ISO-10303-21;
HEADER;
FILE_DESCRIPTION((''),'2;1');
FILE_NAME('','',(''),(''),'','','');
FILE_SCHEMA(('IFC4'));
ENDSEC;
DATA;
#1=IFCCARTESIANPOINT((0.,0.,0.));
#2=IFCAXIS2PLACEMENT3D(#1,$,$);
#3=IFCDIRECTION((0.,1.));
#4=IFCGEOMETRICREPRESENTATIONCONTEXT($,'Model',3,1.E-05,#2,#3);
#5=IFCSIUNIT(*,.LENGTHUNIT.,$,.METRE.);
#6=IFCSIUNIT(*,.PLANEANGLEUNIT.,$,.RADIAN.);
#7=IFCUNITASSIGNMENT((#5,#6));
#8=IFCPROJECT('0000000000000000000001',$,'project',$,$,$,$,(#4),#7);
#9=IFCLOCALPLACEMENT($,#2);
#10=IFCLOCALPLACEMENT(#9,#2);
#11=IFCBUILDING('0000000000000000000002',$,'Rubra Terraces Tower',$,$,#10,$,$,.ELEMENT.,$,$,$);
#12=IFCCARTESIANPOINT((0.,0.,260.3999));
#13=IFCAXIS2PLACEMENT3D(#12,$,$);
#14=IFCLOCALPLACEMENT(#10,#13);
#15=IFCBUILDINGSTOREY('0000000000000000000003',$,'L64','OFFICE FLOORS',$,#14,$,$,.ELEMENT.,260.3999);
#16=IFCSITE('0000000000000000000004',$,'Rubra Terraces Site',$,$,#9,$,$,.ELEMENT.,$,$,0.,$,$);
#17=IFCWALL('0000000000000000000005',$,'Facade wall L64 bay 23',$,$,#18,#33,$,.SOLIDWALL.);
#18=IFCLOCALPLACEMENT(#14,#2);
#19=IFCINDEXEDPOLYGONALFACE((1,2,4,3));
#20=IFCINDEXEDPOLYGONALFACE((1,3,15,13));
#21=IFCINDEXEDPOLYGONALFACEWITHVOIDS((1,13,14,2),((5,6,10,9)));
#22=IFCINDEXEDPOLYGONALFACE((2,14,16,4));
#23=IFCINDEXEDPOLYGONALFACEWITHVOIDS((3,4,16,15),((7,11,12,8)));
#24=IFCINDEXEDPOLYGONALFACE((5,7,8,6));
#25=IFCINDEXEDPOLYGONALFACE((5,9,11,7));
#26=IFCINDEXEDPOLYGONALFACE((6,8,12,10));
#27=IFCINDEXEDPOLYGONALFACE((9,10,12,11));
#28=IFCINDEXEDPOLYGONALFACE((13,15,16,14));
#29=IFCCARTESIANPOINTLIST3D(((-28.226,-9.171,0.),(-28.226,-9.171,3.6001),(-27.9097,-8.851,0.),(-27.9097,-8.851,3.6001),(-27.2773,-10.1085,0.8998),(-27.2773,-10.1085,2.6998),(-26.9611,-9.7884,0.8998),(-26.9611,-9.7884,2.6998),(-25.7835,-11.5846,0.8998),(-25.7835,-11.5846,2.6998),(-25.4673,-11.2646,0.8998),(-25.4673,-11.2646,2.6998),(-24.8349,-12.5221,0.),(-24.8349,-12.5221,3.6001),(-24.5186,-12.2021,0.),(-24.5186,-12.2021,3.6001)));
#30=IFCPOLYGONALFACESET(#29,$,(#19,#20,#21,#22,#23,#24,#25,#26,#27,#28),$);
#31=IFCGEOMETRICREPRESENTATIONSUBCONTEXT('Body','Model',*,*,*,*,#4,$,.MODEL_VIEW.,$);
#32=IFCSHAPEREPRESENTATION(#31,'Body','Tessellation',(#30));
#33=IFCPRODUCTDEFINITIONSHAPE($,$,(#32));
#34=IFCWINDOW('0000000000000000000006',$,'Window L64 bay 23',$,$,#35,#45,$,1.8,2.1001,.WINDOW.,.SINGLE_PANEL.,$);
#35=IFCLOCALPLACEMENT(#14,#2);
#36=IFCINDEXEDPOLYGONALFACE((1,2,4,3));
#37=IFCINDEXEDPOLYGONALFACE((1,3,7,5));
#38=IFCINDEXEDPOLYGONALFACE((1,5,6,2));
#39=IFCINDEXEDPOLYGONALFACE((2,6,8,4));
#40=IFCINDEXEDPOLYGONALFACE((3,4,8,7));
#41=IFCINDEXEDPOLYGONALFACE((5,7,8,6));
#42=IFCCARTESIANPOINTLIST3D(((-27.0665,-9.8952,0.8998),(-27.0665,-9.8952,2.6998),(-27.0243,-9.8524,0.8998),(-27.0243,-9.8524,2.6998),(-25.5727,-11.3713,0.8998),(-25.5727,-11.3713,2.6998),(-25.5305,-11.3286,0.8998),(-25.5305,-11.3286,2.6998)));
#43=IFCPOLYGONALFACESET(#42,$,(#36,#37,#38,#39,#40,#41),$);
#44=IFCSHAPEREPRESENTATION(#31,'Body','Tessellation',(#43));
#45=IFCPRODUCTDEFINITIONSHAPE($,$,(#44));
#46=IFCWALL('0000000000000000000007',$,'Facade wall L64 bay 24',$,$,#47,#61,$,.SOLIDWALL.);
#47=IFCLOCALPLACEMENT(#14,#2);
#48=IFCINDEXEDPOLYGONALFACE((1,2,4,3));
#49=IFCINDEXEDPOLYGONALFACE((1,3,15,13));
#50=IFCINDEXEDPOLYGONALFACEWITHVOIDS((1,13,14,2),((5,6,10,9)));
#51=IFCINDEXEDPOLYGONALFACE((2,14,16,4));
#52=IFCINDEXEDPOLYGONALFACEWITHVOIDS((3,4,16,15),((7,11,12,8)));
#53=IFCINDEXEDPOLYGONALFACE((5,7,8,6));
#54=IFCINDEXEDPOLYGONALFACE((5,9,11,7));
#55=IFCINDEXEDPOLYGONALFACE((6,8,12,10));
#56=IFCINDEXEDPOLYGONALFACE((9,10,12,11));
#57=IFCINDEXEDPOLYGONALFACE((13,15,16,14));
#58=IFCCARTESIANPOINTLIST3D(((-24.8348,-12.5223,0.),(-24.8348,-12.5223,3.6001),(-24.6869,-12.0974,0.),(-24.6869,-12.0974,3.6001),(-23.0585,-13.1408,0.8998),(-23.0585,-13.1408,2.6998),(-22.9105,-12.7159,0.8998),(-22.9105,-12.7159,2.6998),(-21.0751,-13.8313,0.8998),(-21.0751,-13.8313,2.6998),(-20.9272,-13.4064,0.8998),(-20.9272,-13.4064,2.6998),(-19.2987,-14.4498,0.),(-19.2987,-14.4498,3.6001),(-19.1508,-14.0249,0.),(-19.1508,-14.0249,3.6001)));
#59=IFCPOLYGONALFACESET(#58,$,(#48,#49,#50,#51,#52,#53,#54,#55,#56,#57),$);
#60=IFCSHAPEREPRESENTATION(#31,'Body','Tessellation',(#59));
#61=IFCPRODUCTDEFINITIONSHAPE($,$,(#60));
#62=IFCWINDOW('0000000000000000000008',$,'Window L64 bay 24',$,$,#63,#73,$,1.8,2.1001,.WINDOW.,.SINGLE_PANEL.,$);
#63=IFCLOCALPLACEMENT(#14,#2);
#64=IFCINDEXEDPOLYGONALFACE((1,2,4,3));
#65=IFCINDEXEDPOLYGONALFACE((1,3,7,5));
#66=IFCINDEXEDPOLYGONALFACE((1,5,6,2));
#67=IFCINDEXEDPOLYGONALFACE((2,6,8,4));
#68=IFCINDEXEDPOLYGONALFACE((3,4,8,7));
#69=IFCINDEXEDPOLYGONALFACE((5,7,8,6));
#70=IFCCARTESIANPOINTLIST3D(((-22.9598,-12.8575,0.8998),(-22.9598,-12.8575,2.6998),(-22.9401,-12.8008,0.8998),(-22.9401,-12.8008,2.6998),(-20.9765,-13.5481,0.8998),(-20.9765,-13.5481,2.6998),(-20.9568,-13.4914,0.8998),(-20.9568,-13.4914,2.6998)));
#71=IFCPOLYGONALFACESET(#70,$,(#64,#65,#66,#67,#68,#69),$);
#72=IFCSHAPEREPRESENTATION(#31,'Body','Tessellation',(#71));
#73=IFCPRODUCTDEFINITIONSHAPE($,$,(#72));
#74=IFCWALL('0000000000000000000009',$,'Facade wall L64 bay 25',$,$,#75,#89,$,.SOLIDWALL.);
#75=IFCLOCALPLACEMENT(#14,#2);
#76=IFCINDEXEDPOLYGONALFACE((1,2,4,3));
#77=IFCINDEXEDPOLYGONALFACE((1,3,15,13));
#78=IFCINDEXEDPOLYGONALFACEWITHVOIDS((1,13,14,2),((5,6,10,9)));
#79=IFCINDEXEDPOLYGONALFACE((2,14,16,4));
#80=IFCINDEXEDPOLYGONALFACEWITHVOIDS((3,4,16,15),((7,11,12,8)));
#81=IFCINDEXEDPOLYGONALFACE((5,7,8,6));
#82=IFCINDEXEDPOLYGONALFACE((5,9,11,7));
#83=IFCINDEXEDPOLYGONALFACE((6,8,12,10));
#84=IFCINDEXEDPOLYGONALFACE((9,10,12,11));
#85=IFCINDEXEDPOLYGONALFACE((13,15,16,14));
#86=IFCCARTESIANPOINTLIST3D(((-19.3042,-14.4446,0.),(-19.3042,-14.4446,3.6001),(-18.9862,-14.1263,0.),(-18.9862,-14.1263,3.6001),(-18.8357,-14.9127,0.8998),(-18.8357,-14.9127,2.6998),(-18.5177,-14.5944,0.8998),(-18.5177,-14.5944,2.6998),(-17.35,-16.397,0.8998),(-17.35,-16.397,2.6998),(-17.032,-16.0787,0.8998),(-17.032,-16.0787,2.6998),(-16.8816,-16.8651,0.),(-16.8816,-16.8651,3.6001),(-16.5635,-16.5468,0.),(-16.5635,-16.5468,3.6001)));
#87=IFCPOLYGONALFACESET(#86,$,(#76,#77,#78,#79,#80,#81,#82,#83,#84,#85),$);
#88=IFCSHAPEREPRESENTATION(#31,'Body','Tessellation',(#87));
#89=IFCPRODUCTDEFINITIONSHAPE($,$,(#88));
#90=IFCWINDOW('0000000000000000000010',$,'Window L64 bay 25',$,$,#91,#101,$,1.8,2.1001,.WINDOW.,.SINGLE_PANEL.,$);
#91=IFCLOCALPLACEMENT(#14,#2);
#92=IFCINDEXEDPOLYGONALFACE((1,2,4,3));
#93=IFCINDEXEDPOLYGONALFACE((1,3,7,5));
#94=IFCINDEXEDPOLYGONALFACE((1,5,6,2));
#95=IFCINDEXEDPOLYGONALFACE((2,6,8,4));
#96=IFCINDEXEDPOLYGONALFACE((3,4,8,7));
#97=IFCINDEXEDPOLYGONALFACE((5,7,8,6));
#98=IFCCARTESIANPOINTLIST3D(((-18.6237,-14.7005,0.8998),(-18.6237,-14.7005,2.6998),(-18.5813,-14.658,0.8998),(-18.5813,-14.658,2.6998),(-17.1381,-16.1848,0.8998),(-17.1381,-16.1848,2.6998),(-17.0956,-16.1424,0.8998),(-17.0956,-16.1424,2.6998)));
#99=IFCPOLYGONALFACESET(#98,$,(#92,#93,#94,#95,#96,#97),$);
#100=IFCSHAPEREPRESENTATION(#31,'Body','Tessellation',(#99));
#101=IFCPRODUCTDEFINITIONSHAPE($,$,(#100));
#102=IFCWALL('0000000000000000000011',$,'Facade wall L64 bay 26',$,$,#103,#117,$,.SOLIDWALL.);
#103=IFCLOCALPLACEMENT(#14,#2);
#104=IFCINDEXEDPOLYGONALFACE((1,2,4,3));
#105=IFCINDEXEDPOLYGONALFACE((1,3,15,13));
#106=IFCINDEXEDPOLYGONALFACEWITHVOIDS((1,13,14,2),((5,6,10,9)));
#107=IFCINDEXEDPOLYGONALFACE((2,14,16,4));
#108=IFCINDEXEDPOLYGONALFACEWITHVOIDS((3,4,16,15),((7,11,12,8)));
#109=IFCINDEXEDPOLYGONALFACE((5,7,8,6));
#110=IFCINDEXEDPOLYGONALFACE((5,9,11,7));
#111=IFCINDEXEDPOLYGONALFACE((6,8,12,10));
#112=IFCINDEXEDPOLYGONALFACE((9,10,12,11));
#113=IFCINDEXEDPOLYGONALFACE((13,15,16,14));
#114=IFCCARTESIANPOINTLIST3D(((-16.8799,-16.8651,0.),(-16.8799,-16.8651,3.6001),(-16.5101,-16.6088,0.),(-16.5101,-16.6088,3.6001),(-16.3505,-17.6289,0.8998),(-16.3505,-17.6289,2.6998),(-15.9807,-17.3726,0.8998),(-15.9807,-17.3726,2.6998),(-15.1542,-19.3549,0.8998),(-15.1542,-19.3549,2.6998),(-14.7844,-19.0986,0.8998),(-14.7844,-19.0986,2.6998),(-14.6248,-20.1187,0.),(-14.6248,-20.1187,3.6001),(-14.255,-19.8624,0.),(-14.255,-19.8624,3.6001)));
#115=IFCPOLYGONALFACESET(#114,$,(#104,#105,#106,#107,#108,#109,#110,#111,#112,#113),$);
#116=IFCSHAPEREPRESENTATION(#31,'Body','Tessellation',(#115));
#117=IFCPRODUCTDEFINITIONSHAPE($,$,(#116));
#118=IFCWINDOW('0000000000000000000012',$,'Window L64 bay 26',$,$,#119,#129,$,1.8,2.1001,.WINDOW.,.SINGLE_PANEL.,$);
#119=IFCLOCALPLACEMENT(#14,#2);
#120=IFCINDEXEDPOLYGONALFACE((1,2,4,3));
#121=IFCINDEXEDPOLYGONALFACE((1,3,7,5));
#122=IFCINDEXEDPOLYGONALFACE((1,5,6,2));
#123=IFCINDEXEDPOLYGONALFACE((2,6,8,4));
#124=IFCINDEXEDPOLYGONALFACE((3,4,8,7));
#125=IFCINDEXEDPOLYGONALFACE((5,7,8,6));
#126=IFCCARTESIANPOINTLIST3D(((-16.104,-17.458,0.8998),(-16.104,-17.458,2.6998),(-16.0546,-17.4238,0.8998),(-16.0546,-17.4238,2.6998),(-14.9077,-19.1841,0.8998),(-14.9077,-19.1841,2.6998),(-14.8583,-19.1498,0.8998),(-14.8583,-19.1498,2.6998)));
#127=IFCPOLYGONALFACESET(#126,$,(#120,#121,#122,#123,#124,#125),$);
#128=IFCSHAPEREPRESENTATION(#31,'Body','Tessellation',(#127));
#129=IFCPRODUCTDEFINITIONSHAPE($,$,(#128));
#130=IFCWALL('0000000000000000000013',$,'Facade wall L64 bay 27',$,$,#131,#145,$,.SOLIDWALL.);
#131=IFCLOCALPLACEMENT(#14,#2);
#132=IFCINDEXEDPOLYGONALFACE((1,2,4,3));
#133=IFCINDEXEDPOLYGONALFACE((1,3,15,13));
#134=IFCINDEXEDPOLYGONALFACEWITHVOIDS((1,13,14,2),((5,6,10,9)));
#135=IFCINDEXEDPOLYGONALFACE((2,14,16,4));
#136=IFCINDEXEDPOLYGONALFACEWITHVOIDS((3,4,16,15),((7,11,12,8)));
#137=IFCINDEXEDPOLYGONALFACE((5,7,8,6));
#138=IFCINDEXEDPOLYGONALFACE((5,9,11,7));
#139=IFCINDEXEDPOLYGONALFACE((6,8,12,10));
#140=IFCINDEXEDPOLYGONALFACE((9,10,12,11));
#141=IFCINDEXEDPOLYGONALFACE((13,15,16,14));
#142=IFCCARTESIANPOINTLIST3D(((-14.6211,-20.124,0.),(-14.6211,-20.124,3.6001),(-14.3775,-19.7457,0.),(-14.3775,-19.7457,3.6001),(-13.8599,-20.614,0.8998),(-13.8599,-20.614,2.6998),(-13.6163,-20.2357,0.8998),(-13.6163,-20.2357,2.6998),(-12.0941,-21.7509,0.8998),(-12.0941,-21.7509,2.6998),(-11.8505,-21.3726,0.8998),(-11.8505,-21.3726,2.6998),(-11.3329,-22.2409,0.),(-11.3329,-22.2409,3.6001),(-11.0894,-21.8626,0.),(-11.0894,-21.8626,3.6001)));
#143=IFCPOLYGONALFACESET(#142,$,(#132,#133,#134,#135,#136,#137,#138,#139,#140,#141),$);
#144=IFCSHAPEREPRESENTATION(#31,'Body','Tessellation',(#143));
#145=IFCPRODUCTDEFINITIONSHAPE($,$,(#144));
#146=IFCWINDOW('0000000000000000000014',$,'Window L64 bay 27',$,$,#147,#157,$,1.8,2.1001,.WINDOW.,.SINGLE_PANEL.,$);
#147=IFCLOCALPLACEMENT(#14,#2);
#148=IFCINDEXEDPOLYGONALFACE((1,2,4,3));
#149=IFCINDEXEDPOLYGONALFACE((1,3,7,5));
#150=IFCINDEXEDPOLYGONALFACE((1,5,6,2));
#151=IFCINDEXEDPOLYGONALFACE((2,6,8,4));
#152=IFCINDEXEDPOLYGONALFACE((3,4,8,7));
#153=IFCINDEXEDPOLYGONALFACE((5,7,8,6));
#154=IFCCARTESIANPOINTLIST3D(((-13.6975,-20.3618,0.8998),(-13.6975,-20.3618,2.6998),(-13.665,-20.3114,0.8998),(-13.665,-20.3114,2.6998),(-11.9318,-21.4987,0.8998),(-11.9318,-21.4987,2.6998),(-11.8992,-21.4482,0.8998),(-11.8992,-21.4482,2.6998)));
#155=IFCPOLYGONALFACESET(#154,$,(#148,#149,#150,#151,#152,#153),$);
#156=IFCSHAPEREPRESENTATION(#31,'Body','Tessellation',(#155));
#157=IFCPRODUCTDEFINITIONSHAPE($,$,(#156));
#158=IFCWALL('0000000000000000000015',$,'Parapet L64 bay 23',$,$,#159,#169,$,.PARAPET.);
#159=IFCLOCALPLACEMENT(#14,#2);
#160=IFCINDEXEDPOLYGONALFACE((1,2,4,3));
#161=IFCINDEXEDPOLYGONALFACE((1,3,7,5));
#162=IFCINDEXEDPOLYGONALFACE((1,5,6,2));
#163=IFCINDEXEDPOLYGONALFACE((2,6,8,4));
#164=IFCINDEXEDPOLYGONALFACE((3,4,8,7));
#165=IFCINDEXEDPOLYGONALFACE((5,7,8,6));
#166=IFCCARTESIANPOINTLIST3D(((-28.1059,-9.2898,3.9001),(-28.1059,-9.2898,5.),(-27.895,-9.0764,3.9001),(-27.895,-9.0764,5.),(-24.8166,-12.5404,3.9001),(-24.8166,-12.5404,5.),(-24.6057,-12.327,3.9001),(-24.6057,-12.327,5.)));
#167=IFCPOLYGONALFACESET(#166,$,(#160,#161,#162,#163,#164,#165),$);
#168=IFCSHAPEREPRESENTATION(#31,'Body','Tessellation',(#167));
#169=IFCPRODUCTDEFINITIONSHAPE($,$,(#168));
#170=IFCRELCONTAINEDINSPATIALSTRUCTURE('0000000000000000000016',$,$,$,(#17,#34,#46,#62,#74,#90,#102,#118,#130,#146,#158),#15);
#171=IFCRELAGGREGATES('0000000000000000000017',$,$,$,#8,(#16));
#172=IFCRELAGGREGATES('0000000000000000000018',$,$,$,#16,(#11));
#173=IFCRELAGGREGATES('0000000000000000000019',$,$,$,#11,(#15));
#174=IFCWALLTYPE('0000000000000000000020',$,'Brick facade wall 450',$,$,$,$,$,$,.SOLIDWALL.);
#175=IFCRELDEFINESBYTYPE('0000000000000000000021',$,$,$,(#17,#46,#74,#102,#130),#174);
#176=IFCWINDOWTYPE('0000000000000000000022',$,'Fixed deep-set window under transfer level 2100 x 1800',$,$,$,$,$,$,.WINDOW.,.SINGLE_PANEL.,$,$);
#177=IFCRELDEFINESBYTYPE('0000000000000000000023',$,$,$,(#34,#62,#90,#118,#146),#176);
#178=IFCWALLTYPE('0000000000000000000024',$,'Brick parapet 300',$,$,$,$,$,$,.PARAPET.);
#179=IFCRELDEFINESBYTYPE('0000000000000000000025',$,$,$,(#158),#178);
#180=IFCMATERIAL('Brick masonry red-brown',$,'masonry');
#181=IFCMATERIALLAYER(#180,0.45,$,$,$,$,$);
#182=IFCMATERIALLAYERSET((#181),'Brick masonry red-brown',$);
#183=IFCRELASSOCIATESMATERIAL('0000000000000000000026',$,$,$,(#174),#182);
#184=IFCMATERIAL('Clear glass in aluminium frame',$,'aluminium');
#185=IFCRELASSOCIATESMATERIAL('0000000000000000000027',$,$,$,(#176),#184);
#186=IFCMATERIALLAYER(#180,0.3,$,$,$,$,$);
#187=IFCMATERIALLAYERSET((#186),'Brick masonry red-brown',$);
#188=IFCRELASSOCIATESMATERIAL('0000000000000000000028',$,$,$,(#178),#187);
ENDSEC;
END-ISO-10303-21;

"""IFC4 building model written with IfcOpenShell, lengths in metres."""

from ifc_helpers import new_model, si_unit, direction, frame, frame_2d, origin, place, context, subcontext, project, spatial, rectangle, extrude, material, layer, layer_set, type_object, element, fill, save


model = new_model("IFC4")

# Units and contexts
model_context = context("Model", 3, precision=1e-05, world=origin(), true_north=direction((0.0, 1.0)))
body_context = subcontext(model_context, "Body", "Model", "MODEL_VIEW")
ifc_project = project(units=[si_unit("LENGTHUNIT", "METRE"), si_unit("PLANEANGLEUNIT", "RADIAN")], contexts=[model_context])

# Site, building, storey
site_placement = place(None, origin())
site = spatial("IfcSite", under=ifc_project, at=site_placement, Name="Rubra Terraces Site", CompositionType="ELEMENT", RefElevation=0.0)
building_placement = place(site_placement, origin())
building = spatial("IfcBuilding", under=site, at=building_placement, Name="Rubra Terraces Tower", CompositionType="ELEMENT")
storey_placement = place(building_placement, frame((0.0, 0.0, 260.3999)))
storey = spatial("IfcBuildingStorey", under=building, at=storey_placement, Name="L64", Description="OFFICE FLOORS", CompositionType="ELEMENT", Elevation=260.3999)

# Walls, openings, windows
ifc_material_1 = material(Name="Brick masonry red-brown", Category="masonry")
ifc_layer_1 = layer(ifc_material_1, 0.45)
ifc_layer_set_1 = layer_set([ifc_layer_1], Name="Brick masonry red-brown")
wall_type_1 = type_object("IfcWallType", Name="Brick facade wall 450", PredefinedType="SOLIDWALL", material=ifc_layer_set_1)
wall_1_placement = place(storey_placement, frame((-28.0679, -9.011, 0.0), z_axis=(0.0, 0.0, 1.0), x_axis=(0.711293, -0.702895, 0.0)))
wall_1 = element("IfcWall", 1, at=wall_1_placement, inside=storey, type_object=wall_type_1, Name="Facade wall L64 bay 23", PredefinedType="SOLIDWALL", context=body_context, shape_type="SweptSolid", body=[
    extrude(rectangle(XDim=4.7676, YDim=0.45, at=frame_2d((2.3838, 0.0))), origin(), (0.0, 0.0, 1.0), 3.6001),
])
opening_1_placement = place(wall_1_placement, frame((1.3337, 0.0, 0.8999)))
opening_1 = element("IfcOpeningElement", 2, at=opening_1_placement, cuts=wall_1, PredefinedType="OPENING", context=body_context, shape_type="SweptSolid", body=[
    extrude(rectangle(XDim=2.1001, YDim=1.8, at=frame_2d((1.05, 0.8999))), frame((0.0, 0.2349, 0.0), z_axis=(0.0, -1.0, 0.0), x_axis=(1.0, 0.0, 0.0)), (0.0, 0.0, 1.0), 0.47),
])
ifc_material_2 = material(Name="Clear glass in aluminium frame", Category="aluminium")
window_type = type_object("IfcWindowType", Name="Fixed deep-set window under transfer level 2100 x 1800", PartitioningType="SINGLE_PANEL", PredefinedType="WINDOW", material=ifc_material_2)
window_1_placement = place(opening_1_placement, origin())
window_1 = element("IfcWindow", 3, at=window_1_placement, inside=storey, type_object=window_type, Name="Window L64 bay 23", OverallHeight=1.8, OverallWidth=2.1001, PartitioningType="SINGLE_PANEL", PredefinedType="WINDOW", context=body_context, shape_type="SweptSolid", body=[
    extrude(rectangle(XDim=2.1001, YDim=1.8, at=frame_2d((1.05, 0.8999))), frame((0.0, 0.135, 0.0), z_axis=(0.0, -1.0, 0.0), x_axis=(1.0, 0.0, 0.0)), (0.0, 0.0, 1.0), 0.0601),
])
fill(opening_1, window_1)
wall_2_placement = place(storey_placement, frame((-24.761, -12.3098, 0.0), z_axis=(0.0, 0.0, 1.0), x_axis=(0.944397, -0.328807, 0.0)))
wall_2 = element("IfcWall", 4, at=wall_2_placement, inside=storey, type_object=wall_type_1, Name="Facade wall L64 bay 24", PredefinedType="SOLIDWALL", context=body_context, shape_type="SweptSolid", body=[
    extrude(rectangle(XDim=5.8621, YDim=0.45, at=frame_2d((2.9312, 0.0))), origin(), (0.0, 0.0, 1.0), 3.6001),
])
opening_2_placement = place(wall_2_placement, frame((1.8811, 0.0, 0.8999)))
opening_2 = element("IfcOpeningElement", 5, at=opening_2_placement, cuts=wall_2, PredefinedType="OPENING", context=body_context, shape_type="SweptSolid", body=[
    extrude(rectangle(XDim=2.1001, YDim=1.8, at=frame_2d((1.05, 0.8999))), frame((0.0, 0.2349, 0.0), z_axis=(0.0, -1.0, 0.0), x_axis=(1.0, 0.0, 0.0)), (0.0, 0.0, 1.0), 0.47),
])
window_2_placement = place(opening_2_placement, origin())
window_2 = element("IfcWindow", 6, at=window_2_placement, inside=storey, type_object=window_type, Name="Window L64 bay 24", OverallHeight=1.8, OverallWidth=2.1001, PartitioningType="SINGLE_PANEL", PredefinedType="WINDOW", context=body_context, shape_type="SweptSolid", body=[
    extrude(rectangle(XDim=2.1001, YDim=1.8, at=frame_2d((1.05, 0.8999))), frame((0.0, 0.135, 0.0), z_axis=(0.0, -1.0, 0.0), x_axis=(1.0, 0.0, 0.0)), (0.0, 0.0, 1.0), 0.0601),
])
fill(opening_2, window_2)
wall_3_placement = place(storey_placement, frame((-19.1453, -14.2854, 0.0), z_axis=(0.0, 0.0, 1.0), x_axis=(0.707428, -0.706786, 0.0)))
wall_3 = element("IfcWall", 7, at=wall_3_placement, inside=storey, type_object=wall_type_1, Name="Facade wall L64 bay 25", PredefinedType="SOLIDWALL", context=body_context, shape_type="SweptSolid", body=[
    extrude(rectangle(XDim=3.4246, YDim=0.45, at=frame_2d((1.7124, 0.0))), origin(), (0.0, 0.0, 1.0), 3.6001),
])
opening_3_placement = place(wall_3_placement, frame((0.6624, 0.0, 0.8999)))
opening_3 = element("IfcOpeningElement", 8, at=opening_3_placement, cuts=wall_3, PredefinedType="OPENING", context=body_context, shape_type="SweptSolid", body=[
    extrude(rectangle(XDim=2.1001, YDim=1.8, at=frame_2d((1.05, 0.8999))), frame((0.0, 0.2349, 0.0), z_axis=(0.0, -1.0, 0.0), x_axis=(1.0, 0.0, 0.0)), (0.0, 0.0, 1.0), 0.47),
])
window_3_placement = place(opening_3_placement, origin())
window_3 = element("IfcWindow", 9, at=window_3_placement, inside=storey, type_object=window_type, Name="Window L64 bay 25", OverallHeight=1.8, OverallWidth=2.1001, PartitioningType="SINGLE_PANEL", PredefinedType="WINDOW", context=body_context, shape_type="SweptSolid", body=[
    extrude(rectangle(XDim=2.1001, YDim=1.8, at=frame_2d((1.05, 0.8999))), frame((0.0, 0.135, 0.0), z_axis=(0.0, -1.0, 0.0), x_axis=(1.0, 0.0, 0.0)), (0.0, 0.0, 1.0), 0.0601),
])
fill(opening_3, window_3)
wall_4_placement = place(storey_placement, frame((-16.6951, -16.7368, 0.0), z_axis=(0.0, 0.0, 1.0), x_axis=(0.569652, -0.821886, 0.0)))
wall_4 = element("IfcWall", 10, at=wall_4_placement, inside=storey, type_object=wall_type_1, Name="Facade wall L64 bay 26", PredefinedType="SOLIDWALL", context=body_context, shape_type="SweptSolid", body=[
    extrude(rectangle(XDim=3.9587, YDim=0.45, at=frame_2d((1.9795, 0.0))), origin(), (0.0, 0.0, 1.0), 3.6001),
])
opening_4_placement = place(wall_4_placement, frame((0.9294, 0.0, 0.8999)))
opening_4 = element("IfcOpeningElement", 11, at=opening_4_placement, cuts=wall_4, PredefinedType="OPENING", context=body_context, shape_type="SweptSolid", body=[
    extrude(rectangle(XDim=2.1001, YDim=1.8, at=frame_2d((1.05, 0.8999))), frame((0.0, 0.2349, 0.0), z_axis=(0.0, -1.0, 0.0), x_axis=(1.0, 0.0, 0.0)), (0.0, 0.0, 1.0), 0.47),
])
window_4_placement = place(opening_4_placement, origin())
window_4 = element("IfcWindow", 12, at=window_4_placement, inside=storey, type_object=window_type, Name="Window L64 bay 26", OverallHeight=1.8, OverallWidth=2.1001, PartitioningType="SINGLE_PANEL", PredefinedType="WINDOW", context=body_context, shape_type="SweptSolid", body=[
    extrude(rectangle(XDim=2.1001, YDim=1.8, at=frame_2d((1.05, 0.8999))), frame((0.0, 0.135, 0.0), z_axis=(0.0, -1.0, 0.0), x_axis=(1.0, 0.0, 0.0)), (0.0, 0.0, 1.0), 0.0601),
])
fill(opening_4, window_4)
wall_5_placement = place(storey_placement, frame((-14.4993, -19.9348, 0.0), z_axis=(0.0, 0.0, 1.0), x_axis=(0.840809, -0.541332, 0.0)))
wall_5 = element("IfcWall", 13, at=wall_5_placement, inside=storey, type_object=wall_type_1, Name="Facade wall L64 bay 27", PredefinedType="SOLIDWALL", context=body_context, shape_type="SweptSolid", body=[
    extrude(rectangle(XDim=3.9106, YDim=0.45, at=frame_2d((1.9553, 0.0))), origin(), (0.0, 0.0, 1.0), 3.6001),
])
opening_5_placement = place(wall_5_placement, frame((0.9053, 0.0, 0.8999)))
opening_5 = element("IfcOpeningElement", 14, at=opening_5_placement, cuts=wall_5, PredefinedType="OPENING", context=body_context, shape_type="SweptSolid", body=[
    extrude(rectangle(XDim=2.1001, YDim=1.8, at=frame_2d((1.05, 0.8999))), frame((0.0, 0.2349, 0.0), z_axis=(0.0, -1.0, 0.0), x_axis=(1.0, 0.0, 0.0)), (0.0, 0.0, 1.0), 0.47),
])
window_5_placement = place(opening_5_placement, origin())
window_5 = element("IfcWindow", 15, at=window_5_placement, inside=storey, type_object=window_type, Name="Window L64 bay 27", OverallHeight=1.8, OverallWidth=2.1001, PartitioningType="SINGLE_PANEL", PredefinedType="WINDOW", context=body_context, shape_type="SweptSolid", body=[
    extrude(rectangle(XDim=2.1001, YDim=1.8, at=frame_2d((1.05, 0.8999))), frame((0.0, 0.135, 0.0), z_axis=(0.0, -1.0, 0.0), x_axis=(1.0, 0.0, 0.0)), (0.0, 0.0, 1.0), 0.0601),
])
fill(opening_5, window_5)

# Wall
ifc_layer_2 = layer(ifc_material_1, 0.3)
ifc_layer_set_2 = layer_set([ifc_layer_2], Name="Brick masonry red-brown")
wall_type_2 = type_object("IfcWallType", Name="Brick parapet 300", PredefinedType="PARAPET", material=ifc_layer_set_2)
wall_6_placement = place(storey_placement, frame((-28.0005, -9.1831, 3.9001), z_axis=(0.0, 0.0, 1.0), x_axis=(0.711291, -0.702897, 0.0)))
element("IfcWall", 16, at=wall_6_placement, inside=storey, type_object=wall_type_2, Name="Parapet L64 bay 23", PredefinedType="PARAPET", context=body_context, shape_type="SweptSolid", body=[
    extrude(rectangle(XDim=4.6245, YDim=0.3, at=frame_2d((2.3123, 0.0))), origin(), (0.0, 0.0, 1.0), 1.0999),
])

save(model, "model.ifc")
